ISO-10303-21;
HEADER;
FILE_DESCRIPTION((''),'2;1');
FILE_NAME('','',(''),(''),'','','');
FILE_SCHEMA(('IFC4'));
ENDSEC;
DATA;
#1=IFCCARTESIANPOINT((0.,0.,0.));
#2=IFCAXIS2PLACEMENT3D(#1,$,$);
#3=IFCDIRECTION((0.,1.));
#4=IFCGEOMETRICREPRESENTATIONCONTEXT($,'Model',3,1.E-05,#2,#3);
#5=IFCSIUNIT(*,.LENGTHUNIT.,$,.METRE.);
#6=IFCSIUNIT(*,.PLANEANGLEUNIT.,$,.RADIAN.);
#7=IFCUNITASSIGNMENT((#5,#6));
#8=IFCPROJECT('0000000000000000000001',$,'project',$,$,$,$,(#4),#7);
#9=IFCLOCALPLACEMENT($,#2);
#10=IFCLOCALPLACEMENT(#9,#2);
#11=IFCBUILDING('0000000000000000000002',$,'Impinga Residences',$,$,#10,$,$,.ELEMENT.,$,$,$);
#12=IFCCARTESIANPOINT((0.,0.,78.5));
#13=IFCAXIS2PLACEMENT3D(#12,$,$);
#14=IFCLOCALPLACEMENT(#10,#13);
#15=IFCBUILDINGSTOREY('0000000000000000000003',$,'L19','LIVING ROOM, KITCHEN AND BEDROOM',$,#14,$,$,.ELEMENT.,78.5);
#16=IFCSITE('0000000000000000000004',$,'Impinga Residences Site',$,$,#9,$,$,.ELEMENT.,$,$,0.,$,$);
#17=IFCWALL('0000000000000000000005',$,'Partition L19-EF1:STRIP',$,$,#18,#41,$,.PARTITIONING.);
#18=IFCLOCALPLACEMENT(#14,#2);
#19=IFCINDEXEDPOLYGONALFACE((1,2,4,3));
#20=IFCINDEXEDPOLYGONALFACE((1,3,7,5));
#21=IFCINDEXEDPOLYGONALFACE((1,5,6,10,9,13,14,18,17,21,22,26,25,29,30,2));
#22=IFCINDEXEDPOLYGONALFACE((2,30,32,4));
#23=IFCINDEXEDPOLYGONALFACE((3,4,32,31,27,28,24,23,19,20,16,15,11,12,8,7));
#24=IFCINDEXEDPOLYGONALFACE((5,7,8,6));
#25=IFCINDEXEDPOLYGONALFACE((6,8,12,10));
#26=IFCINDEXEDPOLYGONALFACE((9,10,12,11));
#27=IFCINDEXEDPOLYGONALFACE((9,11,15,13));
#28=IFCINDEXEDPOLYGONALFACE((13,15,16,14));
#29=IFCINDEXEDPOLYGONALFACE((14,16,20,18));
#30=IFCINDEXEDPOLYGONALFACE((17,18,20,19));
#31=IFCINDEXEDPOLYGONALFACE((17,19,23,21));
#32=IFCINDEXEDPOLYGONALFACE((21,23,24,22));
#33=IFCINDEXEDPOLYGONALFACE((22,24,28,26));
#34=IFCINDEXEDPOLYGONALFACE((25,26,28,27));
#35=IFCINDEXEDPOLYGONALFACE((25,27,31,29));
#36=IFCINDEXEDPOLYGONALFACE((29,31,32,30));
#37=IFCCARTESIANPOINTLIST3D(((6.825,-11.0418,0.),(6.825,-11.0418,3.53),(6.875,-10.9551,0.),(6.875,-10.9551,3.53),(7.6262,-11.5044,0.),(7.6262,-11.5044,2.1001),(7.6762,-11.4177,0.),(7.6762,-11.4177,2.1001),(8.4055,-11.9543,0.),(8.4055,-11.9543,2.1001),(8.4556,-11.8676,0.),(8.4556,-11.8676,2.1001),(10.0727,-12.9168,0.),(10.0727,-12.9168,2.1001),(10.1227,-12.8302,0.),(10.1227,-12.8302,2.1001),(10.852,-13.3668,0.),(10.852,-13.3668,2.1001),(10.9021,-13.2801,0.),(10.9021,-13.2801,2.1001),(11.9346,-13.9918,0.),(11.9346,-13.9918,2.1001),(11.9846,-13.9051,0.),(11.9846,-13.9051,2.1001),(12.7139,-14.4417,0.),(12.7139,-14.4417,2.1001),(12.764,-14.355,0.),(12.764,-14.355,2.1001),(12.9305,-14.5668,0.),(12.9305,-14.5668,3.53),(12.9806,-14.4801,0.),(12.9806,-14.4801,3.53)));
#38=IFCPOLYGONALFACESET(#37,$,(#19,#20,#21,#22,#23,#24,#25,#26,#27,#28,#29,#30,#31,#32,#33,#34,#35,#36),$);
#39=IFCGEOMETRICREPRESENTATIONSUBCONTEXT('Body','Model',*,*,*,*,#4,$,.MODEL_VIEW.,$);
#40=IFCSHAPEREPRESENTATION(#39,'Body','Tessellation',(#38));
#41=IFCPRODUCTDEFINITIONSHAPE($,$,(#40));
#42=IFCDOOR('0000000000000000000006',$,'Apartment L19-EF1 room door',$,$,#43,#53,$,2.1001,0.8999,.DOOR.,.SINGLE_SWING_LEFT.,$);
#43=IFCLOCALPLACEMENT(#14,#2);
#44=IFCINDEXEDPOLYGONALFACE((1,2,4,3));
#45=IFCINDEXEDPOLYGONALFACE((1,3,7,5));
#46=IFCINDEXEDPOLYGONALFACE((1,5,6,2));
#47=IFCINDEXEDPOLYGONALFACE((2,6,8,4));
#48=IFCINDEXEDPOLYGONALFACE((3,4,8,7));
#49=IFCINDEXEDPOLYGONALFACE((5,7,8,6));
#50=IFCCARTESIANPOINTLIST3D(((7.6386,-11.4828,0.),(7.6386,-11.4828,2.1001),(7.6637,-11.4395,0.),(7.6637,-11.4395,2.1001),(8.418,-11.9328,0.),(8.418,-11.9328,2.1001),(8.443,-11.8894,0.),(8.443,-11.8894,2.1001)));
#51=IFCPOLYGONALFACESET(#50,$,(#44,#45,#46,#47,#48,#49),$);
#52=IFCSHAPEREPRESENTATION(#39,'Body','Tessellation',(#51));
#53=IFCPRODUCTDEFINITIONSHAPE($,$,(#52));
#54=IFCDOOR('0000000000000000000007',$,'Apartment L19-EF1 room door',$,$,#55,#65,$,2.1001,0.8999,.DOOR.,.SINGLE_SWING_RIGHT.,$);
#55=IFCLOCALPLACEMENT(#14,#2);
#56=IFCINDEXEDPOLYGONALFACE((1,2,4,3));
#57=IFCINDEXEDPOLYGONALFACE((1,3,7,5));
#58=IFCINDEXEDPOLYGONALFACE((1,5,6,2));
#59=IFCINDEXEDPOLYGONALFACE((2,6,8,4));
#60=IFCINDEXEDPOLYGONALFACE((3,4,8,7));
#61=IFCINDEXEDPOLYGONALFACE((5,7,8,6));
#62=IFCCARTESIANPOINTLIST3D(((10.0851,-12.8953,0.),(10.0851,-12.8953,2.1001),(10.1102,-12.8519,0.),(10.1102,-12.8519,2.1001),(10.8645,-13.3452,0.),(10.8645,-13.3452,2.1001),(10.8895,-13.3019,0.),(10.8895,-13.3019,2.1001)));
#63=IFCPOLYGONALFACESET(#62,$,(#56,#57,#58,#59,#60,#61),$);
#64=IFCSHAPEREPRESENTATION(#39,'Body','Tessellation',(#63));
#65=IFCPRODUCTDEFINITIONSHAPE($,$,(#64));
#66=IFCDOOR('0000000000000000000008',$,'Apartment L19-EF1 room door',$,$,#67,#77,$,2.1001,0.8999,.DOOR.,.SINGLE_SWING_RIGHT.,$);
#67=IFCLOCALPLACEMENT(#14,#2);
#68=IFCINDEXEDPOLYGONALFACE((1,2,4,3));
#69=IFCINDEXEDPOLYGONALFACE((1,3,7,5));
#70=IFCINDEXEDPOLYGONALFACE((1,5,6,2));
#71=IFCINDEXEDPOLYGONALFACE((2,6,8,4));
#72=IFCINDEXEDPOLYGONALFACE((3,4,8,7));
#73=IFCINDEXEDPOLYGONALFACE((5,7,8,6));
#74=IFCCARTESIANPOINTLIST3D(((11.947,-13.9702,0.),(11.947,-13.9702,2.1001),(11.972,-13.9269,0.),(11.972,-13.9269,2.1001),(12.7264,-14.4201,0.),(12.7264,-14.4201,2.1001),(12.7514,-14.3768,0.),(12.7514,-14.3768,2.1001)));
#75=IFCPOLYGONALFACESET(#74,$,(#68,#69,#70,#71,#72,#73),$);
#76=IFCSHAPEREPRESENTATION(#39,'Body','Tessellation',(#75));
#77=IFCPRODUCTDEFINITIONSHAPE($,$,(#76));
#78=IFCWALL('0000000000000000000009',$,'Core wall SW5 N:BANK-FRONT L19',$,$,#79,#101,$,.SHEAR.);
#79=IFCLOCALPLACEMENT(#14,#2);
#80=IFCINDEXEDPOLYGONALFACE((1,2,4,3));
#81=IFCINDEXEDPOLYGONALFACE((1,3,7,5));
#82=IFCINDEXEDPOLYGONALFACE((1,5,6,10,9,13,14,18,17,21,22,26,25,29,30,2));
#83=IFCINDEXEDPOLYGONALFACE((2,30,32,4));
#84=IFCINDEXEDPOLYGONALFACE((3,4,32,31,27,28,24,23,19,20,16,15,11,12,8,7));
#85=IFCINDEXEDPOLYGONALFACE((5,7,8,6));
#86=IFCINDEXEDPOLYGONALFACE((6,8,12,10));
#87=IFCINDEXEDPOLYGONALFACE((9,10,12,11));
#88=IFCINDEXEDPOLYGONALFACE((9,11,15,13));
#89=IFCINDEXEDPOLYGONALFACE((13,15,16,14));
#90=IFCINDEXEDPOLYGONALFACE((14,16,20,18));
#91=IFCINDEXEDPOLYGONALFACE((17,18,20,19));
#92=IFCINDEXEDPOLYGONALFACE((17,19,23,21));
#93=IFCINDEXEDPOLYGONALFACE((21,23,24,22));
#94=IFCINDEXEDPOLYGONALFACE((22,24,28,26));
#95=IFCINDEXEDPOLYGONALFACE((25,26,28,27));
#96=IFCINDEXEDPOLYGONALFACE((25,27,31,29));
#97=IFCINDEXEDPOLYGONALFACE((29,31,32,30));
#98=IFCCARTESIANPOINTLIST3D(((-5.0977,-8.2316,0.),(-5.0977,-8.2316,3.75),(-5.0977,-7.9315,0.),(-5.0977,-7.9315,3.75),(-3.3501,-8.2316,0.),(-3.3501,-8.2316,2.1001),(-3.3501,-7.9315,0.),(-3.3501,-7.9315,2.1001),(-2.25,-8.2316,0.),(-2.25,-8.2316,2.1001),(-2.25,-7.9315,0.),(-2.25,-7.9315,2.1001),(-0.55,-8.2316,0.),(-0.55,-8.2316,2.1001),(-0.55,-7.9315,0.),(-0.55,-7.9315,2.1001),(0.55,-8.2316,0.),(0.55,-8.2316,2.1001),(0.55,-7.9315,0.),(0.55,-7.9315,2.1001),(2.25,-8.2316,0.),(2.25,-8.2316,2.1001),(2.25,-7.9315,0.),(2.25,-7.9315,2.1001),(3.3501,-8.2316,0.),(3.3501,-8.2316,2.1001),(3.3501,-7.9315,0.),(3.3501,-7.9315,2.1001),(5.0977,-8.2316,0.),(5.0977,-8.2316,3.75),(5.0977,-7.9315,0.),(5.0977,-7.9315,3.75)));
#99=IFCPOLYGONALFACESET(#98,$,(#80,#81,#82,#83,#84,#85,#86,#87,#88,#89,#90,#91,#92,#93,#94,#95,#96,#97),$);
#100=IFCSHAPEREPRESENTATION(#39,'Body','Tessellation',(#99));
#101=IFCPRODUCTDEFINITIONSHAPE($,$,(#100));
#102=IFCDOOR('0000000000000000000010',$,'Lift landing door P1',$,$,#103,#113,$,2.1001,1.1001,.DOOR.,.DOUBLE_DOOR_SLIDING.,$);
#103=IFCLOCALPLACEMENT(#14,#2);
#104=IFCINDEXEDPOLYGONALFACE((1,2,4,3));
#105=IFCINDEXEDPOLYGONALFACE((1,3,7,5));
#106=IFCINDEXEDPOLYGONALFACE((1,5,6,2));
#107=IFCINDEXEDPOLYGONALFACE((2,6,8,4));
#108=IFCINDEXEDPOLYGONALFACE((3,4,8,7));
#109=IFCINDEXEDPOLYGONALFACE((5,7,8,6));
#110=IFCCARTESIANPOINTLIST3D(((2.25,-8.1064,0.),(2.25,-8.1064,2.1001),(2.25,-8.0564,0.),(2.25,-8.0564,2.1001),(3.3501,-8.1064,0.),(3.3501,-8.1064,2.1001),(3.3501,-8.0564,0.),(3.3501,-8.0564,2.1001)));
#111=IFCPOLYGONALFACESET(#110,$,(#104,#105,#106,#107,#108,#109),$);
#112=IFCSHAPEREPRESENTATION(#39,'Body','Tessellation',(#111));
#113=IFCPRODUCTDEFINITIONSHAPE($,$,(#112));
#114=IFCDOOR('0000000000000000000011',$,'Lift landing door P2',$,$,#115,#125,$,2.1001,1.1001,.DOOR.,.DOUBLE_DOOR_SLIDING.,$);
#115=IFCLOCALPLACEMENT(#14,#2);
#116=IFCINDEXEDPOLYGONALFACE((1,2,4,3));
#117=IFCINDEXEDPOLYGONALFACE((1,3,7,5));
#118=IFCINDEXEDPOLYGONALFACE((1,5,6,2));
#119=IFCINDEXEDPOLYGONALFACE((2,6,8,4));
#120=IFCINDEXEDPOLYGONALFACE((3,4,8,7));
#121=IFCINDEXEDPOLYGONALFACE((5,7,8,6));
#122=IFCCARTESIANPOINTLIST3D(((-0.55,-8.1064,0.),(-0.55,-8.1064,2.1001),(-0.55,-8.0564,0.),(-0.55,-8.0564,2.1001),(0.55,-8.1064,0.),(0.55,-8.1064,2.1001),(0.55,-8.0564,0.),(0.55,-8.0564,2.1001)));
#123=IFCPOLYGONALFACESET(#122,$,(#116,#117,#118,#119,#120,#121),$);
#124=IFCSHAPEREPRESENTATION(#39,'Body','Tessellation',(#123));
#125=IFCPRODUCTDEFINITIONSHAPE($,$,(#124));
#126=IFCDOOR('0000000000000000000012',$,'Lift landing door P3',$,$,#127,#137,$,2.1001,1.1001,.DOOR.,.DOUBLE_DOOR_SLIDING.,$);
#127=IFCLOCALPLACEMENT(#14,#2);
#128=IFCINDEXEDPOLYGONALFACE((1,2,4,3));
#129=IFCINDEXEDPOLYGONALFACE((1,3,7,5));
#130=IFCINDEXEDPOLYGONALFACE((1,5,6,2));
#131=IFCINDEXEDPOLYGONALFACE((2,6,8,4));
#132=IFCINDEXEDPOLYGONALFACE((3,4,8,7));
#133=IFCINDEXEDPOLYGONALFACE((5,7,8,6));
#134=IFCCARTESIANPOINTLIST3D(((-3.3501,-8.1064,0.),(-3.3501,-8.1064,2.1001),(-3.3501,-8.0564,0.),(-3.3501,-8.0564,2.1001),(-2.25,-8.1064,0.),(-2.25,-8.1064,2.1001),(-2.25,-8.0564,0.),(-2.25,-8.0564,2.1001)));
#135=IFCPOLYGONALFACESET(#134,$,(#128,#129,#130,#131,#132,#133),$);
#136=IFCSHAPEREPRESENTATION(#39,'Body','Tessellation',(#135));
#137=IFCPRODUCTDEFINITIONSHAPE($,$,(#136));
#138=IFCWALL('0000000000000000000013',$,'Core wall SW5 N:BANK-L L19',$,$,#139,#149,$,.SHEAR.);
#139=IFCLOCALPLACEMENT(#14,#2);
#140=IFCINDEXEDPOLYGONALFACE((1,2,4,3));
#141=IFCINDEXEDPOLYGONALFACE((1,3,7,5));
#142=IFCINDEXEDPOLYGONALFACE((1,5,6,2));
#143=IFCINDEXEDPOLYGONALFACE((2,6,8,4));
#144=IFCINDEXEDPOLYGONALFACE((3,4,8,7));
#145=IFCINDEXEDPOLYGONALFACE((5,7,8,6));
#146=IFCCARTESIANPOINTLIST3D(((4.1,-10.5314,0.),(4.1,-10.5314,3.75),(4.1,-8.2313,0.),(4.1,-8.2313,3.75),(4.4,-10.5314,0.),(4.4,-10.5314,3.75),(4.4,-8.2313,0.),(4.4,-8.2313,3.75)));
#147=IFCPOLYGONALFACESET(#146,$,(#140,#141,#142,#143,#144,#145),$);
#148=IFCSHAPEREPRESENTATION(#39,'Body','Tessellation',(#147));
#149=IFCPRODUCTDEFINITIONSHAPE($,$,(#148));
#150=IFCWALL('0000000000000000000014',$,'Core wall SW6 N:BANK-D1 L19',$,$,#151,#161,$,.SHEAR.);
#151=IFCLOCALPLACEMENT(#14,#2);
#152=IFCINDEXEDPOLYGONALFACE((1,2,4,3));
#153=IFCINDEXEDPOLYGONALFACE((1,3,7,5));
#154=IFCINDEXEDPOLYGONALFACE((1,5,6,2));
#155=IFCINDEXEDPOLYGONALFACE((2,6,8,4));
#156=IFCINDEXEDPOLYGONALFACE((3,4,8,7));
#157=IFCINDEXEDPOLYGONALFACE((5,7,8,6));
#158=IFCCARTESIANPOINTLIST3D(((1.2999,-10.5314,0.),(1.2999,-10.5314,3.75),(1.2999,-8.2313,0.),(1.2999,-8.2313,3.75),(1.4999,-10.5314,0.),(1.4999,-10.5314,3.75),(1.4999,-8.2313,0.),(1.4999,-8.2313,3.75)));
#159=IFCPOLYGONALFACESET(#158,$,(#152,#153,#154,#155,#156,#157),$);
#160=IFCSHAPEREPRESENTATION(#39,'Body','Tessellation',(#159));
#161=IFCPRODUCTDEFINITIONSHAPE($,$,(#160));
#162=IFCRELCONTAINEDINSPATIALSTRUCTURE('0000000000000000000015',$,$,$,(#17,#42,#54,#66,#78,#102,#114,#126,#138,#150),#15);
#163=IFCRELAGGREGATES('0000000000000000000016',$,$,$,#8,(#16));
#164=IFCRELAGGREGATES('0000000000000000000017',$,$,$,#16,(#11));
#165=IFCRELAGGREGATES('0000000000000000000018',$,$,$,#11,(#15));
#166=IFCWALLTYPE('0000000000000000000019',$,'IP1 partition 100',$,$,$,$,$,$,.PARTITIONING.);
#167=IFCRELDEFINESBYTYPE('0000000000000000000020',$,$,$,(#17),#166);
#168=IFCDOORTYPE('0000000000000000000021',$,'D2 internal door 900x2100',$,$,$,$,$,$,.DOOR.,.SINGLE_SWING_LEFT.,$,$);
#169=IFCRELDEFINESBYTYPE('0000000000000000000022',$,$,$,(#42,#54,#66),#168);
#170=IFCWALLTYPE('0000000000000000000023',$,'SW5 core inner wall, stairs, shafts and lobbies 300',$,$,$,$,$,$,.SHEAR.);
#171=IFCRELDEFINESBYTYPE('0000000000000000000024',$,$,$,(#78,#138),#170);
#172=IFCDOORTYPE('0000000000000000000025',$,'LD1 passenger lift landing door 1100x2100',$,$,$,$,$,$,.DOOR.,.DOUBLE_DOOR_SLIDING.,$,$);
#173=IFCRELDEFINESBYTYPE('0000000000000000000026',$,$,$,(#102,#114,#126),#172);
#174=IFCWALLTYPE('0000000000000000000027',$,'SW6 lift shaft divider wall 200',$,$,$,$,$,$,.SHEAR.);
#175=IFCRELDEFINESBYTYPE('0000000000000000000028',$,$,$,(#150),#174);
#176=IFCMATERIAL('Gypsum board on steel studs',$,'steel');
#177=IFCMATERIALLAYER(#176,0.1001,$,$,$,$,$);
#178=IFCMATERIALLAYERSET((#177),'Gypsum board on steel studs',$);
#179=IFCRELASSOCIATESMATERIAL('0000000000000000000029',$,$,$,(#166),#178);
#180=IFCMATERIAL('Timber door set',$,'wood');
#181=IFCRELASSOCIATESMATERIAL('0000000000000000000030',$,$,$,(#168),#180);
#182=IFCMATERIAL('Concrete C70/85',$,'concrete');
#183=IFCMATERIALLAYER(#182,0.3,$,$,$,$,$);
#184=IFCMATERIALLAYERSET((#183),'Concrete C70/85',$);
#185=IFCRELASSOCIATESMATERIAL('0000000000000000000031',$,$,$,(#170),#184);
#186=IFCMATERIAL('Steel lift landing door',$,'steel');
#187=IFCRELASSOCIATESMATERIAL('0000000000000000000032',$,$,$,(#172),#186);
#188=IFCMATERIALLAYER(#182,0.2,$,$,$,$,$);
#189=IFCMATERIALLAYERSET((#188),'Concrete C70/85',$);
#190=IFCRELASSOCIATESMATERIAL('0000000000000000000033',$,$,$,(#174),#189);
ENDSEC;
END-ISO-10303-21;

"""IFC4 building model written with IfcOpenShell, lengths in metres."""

from ifc_helpers import new_model, si_unit, direction, frame, frame_2d, origin, place, context, subcontext, project, spatial, rectangle, extrude, material, layer, layer_set, type_object, element, fill, save


model = new_model("IFC4")

# Units and contexts
model_context = context("Model", 3, precision=1e-05, world=origin(), true_north=direction((0.0, 1.0)))
body_context = subcontext(model_context, "Body", "Model", "MODEL_VIEW")
ifc_project = project(units=[si_unit("LENGTHUNIT", "METRE"), si_unit("PLANEANGLEUNIT", "RADIAN")], contexts=[model_context])

# Site, building, storey
site_placement = place(None, origin())
site = spatial("IfcSite", under=ifc_project, at=site_placement, Name="Impinga Residences Site", CompositionType="ELEMENT", RefElevation=0.0)
building_placement = place(site_placement, origin())
building = spatial("IfcBuilding", under=site, at=building_placement, Name="Impinga Residences", CompositionType="ELEMENT")
storey_placement = place(building_placement, frame((0.0, 0.0, 78.5)))
storey = spatial("IfcBuildingStorey", under=building, at=storey_placement, Name="L19", Description="LIVING ROOM, KITCHEN AND BEDROOM", CompositionType="ELEMENT", Elevation=78.5)

# Shared definitions
ifc_material_1 = material(Name="Concrete C70/85", Category="concrete")

# Shared definitions
ifc_material_2 = material(Name="Timber door set", Category="wood")

# Shared definitions
ifc_material_3 = material(Name="Gypsum board on steel studs", Category="steel")
ifc_layer_1 = layer(ifc_material_3, 0.1001)
ifc_layer_set_1 = layer_set([ifc_layer_1], Name="Gypsum board on steel studs")
wall_type_1 = type_object("IfcWallType", Name="IP1 partition 100", PredefinedType="PARTITIONING", material=ifc_layer_set_1)

# Walls, openings, doors
wall_1_placement = place(storey_placement, frame((6.8501, -10.9985, 0.0), z_axis=(0.0, 0.0, 1.0), x_axis=(0.866031, -0.49999, 0.0)))
wall_1 = element("IfcWall", 1, at=wall_1_placement, inside=storey, type_object=wall_type_1, Name="Partition L19-EF1:STRIP", PredefinedType="PARTITIONING", context=body_context, shape_type="SweptSolid", body=[
    extrude(rectangle(XDim=7.05, YDim=0.1001, at=frame_2d((3.5249, 0.0))), origin(), (0.0, 0.0, 1.0), 3.53),
])
opening_1_placement = place(wall_1_placement, frame((0.925, 0.0, 0.0)))
opening_1 = element("IfcOpeningElement", 2, at=opening_1_placement, cuts=wall_1, PredefinedType="OPENING", context=body_context, shape_type="SweptSolid", body=[
    extrude(rectangle(XDim=0.8999, YDim=2.1001, at=frame_2d((0.45, 1.05))), frame((0.0, 0.0601, 0.0), z_axis=(0.0, -1.0, 0.0), x_axis=(1.0, 0.0, 0.0)), (0.0, 0.0, 1.0), 0.1201),
])
opening_2_placement = place(wall_1_placement, frame((3.75, 0.0, 0.0)))
opening_2 = element("IfcOpeningElement", 3, at=opening_2_placement, cuts=wall_1, PredefinedType="OPENING", context=body_context, shape_type="SweptSolid", body=[
    extrude(rectangle(XDim=0.8999, YDim=2.1001, at=frame_2d((0.45, 1.05))), frame((0.0, 0.0601, 0.0), z_axis=(0.0, -1.0, 0.0), x_axis=(1.0, 0.0, 0.0)), (0.0, 0.0, 1.0), 0.1201),
])
opening_3_placement = place(wall_1_placement, frame((5.8999, 0.0, 0.0)))
opening_3 = element("IfcOpeningElement", 4, at=opening_3_placement, cuts=wall_1, PredefinedType="OPENING", context=body_context, shape_type="SweptSolid", body=[
    extrude(rectangle(XDim=0.8999, YDim=2.1001, at=frame_2d((0.45, 1.05))), frame((0.0, 0.0601, 0.0), z_axis=(0.0, -1.0, 0.0), x_axis=(1.0, 0.0, 0.0)), (0.0, 0.0, 1.0), 0.1201),
])
door_type_1 = type_object("IfcDoorType", Name="D2 internal door 900x2100", OperationType="SINGLE_SWING_LEFT", PredefinedType="DOOR", material=ifc_material_2)
door_1_placement = place(opening_1_placement, origin())
door_1 = element("IfcDoor", 5, at=door_1_placement, inside=storey, type_object=door_type_1, Name="Apartment L19-EF1 room door", OperationType="SINGLE_SWING_LEFT", OverallHeight=2.1001, OverallWidth=0.8999, PredefinedType="DOOR", context=body_context, shape_type="SweptSolid", body=[
    extrude(rectangle(XDim=0.8999, YDim=2.1001, at=frame_2d((0.45, 1.05))), frame((0.0, 0.0249, 0.0), z_axis=(0.0, -1.0, 0.0), x_axis=(1.0, 0.0, 0.0)), (0.0, 0.0, 1.0), 0.05),
])
fill(opening_1, door_1)
door_2_placement = place(opening_2_placement, origin())
door_2 = element("IfcDoor", 6, at=door_2_placement, inside=storey, type_object=door_type_1, Name="Apartment L19-EF1 room door", OperationType="SINGLE_SWING_RIGHT", OverallHeight=2.1001, OverallWidth=0.8999, PredefinedType="DOOR", context=body_context, shape_type="SweptSolid", body=[
    extrude(rectangle(XDim=0.8999, YDim=2.1001, at=frame_2d((0.45, 1.05))), frame((0.0, 0.0249, 0.0), z_axis=(0.0, -1.0, 0.0), x_axis=(1.0, 0.0, 0.0)), (0.0, 0.0, 1.0), 0.05),
])
fill(opening_2, door_2)
door_3_placement = place(opening_3_placement, origin())
door_3 = element("IfcDoor", 7, at=door_3_placement, inside=storey, type_object=door_type_1, Name="Apartment L19-EF1 room door", OperationType="SINGLE_SWING_RIGHT", OverallHeight=2.1001, OverallWidth=0.8999, PredefinedType="DOOR", context=body_context, shape_type="SweptSolid", body=[
    extrude(rectangle(XDim=0.8999, YDim=2.1001, at=frame_2d((0.45, 1.05))), frame((0.0, 0.0249, 0.0), z_axis=(0.0, -1.0, 0.0), x_axis=(1.0, 0.0, 0.0)), (0.0, 0.0, 1.0), 0.05),
])
fill(opening_3, door_3)
ifc_layer_2 = layer(ifc_material_1, 0.3)
ifc_layer_set_2 = layer_set([ifc_layer_2], Name="Concrete C70/85")
wall_type_2 = type_object("IfcWallType", Name="SW5 core inner wall, stairs, shafts and lobbies 300", PredefinedType="SHEAR", material=ifc_layer_set_2)
wall_2_placement = place(storey_placement, frame((5.0977, -8.0815, 0.0), z_axis=(0.0, 0.0, 1.0), x_axis=(-1.0, 0.0, 0.0)))
wall_2 = element("IfcWall", 8, at=wall_2_placement, inside=storey, type_object=wall_type_2, Name="Core wall SW5 N:BANK-FRONT L19", PredefinedType="SHEAR", context=body_context, shape_type="SweptSolid", body=[
    extrude(rectangle(XDim=10.1953, YDim=0.3, at=frame_2d((5.0977, 0.0))), origin(), (0.0, 0.0, 1.0), 3.75),
])
opening_4_placement = place(wall_2_placement, frame((1.7476, 0.0, 0.0)))
opening_4 = element("IfcOpeningElement", 9, at=opening_4_placement, cuts=wall_2, PredefinedType="OPENING", context=body_context, shape_type="SweptSolid", body=[
    extrude(rectangle(XDim=1.1001, YDim=2.1001, at=frame_2d((0.55, 1.05))), frame((0.0, 0.1599, 0.0), z_axis=(0.0, -1.0, 0.0), x_axis=(1.0, 0.0, 0.0)), (0.0, 0.0, 1.0), 0.3201),
])
opening_5_placement = place(wall_2_placement, frame((4.5476, 0.0, 0.0)))
opening_5 = element("IfcOpeningElement", 10, at=opening_5_placement, cuts=wall_2, PredefinedType="OPENING", context=body_context, shape_type="SweptSolid", body=[
    extrude(rectangle(XDim=1.1001, YDim=2.1001, at=frame_2d((0.55, 1.05))), frame((0.0, 0.1599, 0.0), z_axis=(0.0, -1.0, 0.0), x_axis=(1.0, 0.0, 0.0)), (0.0, 0.0, 1.0), 0.3201),
])
opening_6_placement = place(wall_2_placement, frame((7.3477, 0.0, 0.0)))
opening_6 = element("IfcOpeningElement", 11, at=opening_6_placement, cuts=wall_2, PredefinedType="OPENING", context=body_context, shape_type="SweptSolid", body=[
    extrude(rectangle(XDim=1.1001, YDim=2.1001, at=frame_2d((0.55, 1.05))), frame((0.0, 0.1599, 0.0), z_axis=(0.0, -1.0, 0.0), x_axis=(1.0, 0.0, 0.0)), (0.0, 0.0, 1.0), 0.3201),
])
ifc_material_4 = material(Name="Steel lift landing door", Category="steel")
door_type_2 = type_object("IfcDoorType", Name="LD1 passenger lift landing door 1100x2100", OperationType="DOUBLE_DOOR_SLIDING", PredefinedType="DOOR", material=ifc_material_4)
door_4_placement = place(opening_4_placement, origin())
door_4 = element("IfcDoor", 12, at=door_4_placement, inside=storey, type_object=door_type_2, Name="Lift landing door P1", OperationType="DOUBLE_DOOR_SLIDING", OverallHeight=2.1001, OverallWidth=1.1001, PredefinedType="DOOR", context=body_context, shape_type="SweptSolid", body=[
    extrude(rectangle(XDim=1.1001, YDim=2.1001, at=frame_2d((0.55, 1.05))), frame((0.0, 0.0249, 0.0), z_axis=(0.0, -1.0, 0.0), x_axis=(1.0, 0.0, 0.0)), (0.0, 0.0, 1.0), 0.05),
])
fill(opening_4, door_4)
door_5_placement = place(opening_5_placement, origin())
door_5 = element("IfcDoor", 13, at=door_5_placement, inside=storey, type_object=door_type_2, Name="Lift landing door P2", OperationType="DOUBLE_DOOR_SLIDING", OverallHeight=2.1001, OverallWidth=1.1001, PredefinedType="DOOR", context=body_context, shape_type="SweptSolid", body=[
    extrude(rectangle(XDim=1.1001, YDim=2.1001, at=frame_2d((0.55, 1.05))), frame((0.0, 0.0249, 0.0), z_axis=(0.0, -1.0, 0.0), x_axis=(1.0, 0.0, 0.0)), (0.0, 0.0, 1.0), 0.05),
])
fill(opening_5, door_5)
door_6_placement = place(opening_6_placement, origin())
door_6 = element("IfcDoor", 14, at=door_6_placement, inside=storey, type_object=door_type_2, Name="Lift landing door P3", OperationType="DOUBLE_DOOR_SLIDING", OverallHeight=2.1001, OverallWidth=1.1001, PredefinedType="DOOR", context=body_context, shape_type="SweptSolid", body=[
    extrude(rectangle(XDim=1.1001, YDim=2.1001, at=frame_2d((0.55, 1.05))), frame((0.0, 0.0249, 0.0), z_axis=(0.0, -1.0, 0.0), x_axis=(1.0, 0.0, 0.0)), (0.0, 0.0, 1.0), 0.05),
])
fill(opening_6, door_6)

# Walls
wall_3_placement = place(storey_placement, frame((4.25, -8.2314, 0.0), z_axis=(0.0, 0.0, 1.0), x_axis=(0.0, -1.0, 0.0)))
element("IfcWall", 15, at=wall_3_placement, inside=storey, type_object=wall_type_2, Name="Core wall SW5 N:BANK-L L19", PredefinedType="SHEAR", context=body_context, shape_type="SweptSolid", body=[
    extrude(rectangle(XDim=2.3, YDim=0.3, at=frame_2d((1.1499, 0.0))), origin(), (0.0, 0.0, 1.0), 3.75),
])
ifc_layer_3 = layer(ifc_material_1, 0.2)
ifc_layer_set_3 = layer_set([ifc_layer_3], Name="Concrete C70/85")
wall_type_3 = type_object("IfcWallType", Name="SW6 lift shaft divider wall 200", PredefinedType="SHEAR", material=ifc_layer_set_3)
wall_4_placement = place(storey_placement, frame((1.3999, -8.2314, 0.0), z_axis=(0.0, 0.0, 1.0), x_axis=(0.0, -1.0, 0.0)))
element("IfcWall", 16, at=wall_4_placement, inside=storey, type_object=wall_type_3, Name="Core wall SW6 N:BANK-D1 L19", PredefinedType="SHEAR", context=body_context, shape_type="SweptSolid", body=[
    extrude(rectangle(XDim=2.3, YDim=0.2, at=frame_2d((1.1499, 0.0))), origin(), (0.0, 0.0, 1.0), 3.75),
])

save(model, "model.ifc")
